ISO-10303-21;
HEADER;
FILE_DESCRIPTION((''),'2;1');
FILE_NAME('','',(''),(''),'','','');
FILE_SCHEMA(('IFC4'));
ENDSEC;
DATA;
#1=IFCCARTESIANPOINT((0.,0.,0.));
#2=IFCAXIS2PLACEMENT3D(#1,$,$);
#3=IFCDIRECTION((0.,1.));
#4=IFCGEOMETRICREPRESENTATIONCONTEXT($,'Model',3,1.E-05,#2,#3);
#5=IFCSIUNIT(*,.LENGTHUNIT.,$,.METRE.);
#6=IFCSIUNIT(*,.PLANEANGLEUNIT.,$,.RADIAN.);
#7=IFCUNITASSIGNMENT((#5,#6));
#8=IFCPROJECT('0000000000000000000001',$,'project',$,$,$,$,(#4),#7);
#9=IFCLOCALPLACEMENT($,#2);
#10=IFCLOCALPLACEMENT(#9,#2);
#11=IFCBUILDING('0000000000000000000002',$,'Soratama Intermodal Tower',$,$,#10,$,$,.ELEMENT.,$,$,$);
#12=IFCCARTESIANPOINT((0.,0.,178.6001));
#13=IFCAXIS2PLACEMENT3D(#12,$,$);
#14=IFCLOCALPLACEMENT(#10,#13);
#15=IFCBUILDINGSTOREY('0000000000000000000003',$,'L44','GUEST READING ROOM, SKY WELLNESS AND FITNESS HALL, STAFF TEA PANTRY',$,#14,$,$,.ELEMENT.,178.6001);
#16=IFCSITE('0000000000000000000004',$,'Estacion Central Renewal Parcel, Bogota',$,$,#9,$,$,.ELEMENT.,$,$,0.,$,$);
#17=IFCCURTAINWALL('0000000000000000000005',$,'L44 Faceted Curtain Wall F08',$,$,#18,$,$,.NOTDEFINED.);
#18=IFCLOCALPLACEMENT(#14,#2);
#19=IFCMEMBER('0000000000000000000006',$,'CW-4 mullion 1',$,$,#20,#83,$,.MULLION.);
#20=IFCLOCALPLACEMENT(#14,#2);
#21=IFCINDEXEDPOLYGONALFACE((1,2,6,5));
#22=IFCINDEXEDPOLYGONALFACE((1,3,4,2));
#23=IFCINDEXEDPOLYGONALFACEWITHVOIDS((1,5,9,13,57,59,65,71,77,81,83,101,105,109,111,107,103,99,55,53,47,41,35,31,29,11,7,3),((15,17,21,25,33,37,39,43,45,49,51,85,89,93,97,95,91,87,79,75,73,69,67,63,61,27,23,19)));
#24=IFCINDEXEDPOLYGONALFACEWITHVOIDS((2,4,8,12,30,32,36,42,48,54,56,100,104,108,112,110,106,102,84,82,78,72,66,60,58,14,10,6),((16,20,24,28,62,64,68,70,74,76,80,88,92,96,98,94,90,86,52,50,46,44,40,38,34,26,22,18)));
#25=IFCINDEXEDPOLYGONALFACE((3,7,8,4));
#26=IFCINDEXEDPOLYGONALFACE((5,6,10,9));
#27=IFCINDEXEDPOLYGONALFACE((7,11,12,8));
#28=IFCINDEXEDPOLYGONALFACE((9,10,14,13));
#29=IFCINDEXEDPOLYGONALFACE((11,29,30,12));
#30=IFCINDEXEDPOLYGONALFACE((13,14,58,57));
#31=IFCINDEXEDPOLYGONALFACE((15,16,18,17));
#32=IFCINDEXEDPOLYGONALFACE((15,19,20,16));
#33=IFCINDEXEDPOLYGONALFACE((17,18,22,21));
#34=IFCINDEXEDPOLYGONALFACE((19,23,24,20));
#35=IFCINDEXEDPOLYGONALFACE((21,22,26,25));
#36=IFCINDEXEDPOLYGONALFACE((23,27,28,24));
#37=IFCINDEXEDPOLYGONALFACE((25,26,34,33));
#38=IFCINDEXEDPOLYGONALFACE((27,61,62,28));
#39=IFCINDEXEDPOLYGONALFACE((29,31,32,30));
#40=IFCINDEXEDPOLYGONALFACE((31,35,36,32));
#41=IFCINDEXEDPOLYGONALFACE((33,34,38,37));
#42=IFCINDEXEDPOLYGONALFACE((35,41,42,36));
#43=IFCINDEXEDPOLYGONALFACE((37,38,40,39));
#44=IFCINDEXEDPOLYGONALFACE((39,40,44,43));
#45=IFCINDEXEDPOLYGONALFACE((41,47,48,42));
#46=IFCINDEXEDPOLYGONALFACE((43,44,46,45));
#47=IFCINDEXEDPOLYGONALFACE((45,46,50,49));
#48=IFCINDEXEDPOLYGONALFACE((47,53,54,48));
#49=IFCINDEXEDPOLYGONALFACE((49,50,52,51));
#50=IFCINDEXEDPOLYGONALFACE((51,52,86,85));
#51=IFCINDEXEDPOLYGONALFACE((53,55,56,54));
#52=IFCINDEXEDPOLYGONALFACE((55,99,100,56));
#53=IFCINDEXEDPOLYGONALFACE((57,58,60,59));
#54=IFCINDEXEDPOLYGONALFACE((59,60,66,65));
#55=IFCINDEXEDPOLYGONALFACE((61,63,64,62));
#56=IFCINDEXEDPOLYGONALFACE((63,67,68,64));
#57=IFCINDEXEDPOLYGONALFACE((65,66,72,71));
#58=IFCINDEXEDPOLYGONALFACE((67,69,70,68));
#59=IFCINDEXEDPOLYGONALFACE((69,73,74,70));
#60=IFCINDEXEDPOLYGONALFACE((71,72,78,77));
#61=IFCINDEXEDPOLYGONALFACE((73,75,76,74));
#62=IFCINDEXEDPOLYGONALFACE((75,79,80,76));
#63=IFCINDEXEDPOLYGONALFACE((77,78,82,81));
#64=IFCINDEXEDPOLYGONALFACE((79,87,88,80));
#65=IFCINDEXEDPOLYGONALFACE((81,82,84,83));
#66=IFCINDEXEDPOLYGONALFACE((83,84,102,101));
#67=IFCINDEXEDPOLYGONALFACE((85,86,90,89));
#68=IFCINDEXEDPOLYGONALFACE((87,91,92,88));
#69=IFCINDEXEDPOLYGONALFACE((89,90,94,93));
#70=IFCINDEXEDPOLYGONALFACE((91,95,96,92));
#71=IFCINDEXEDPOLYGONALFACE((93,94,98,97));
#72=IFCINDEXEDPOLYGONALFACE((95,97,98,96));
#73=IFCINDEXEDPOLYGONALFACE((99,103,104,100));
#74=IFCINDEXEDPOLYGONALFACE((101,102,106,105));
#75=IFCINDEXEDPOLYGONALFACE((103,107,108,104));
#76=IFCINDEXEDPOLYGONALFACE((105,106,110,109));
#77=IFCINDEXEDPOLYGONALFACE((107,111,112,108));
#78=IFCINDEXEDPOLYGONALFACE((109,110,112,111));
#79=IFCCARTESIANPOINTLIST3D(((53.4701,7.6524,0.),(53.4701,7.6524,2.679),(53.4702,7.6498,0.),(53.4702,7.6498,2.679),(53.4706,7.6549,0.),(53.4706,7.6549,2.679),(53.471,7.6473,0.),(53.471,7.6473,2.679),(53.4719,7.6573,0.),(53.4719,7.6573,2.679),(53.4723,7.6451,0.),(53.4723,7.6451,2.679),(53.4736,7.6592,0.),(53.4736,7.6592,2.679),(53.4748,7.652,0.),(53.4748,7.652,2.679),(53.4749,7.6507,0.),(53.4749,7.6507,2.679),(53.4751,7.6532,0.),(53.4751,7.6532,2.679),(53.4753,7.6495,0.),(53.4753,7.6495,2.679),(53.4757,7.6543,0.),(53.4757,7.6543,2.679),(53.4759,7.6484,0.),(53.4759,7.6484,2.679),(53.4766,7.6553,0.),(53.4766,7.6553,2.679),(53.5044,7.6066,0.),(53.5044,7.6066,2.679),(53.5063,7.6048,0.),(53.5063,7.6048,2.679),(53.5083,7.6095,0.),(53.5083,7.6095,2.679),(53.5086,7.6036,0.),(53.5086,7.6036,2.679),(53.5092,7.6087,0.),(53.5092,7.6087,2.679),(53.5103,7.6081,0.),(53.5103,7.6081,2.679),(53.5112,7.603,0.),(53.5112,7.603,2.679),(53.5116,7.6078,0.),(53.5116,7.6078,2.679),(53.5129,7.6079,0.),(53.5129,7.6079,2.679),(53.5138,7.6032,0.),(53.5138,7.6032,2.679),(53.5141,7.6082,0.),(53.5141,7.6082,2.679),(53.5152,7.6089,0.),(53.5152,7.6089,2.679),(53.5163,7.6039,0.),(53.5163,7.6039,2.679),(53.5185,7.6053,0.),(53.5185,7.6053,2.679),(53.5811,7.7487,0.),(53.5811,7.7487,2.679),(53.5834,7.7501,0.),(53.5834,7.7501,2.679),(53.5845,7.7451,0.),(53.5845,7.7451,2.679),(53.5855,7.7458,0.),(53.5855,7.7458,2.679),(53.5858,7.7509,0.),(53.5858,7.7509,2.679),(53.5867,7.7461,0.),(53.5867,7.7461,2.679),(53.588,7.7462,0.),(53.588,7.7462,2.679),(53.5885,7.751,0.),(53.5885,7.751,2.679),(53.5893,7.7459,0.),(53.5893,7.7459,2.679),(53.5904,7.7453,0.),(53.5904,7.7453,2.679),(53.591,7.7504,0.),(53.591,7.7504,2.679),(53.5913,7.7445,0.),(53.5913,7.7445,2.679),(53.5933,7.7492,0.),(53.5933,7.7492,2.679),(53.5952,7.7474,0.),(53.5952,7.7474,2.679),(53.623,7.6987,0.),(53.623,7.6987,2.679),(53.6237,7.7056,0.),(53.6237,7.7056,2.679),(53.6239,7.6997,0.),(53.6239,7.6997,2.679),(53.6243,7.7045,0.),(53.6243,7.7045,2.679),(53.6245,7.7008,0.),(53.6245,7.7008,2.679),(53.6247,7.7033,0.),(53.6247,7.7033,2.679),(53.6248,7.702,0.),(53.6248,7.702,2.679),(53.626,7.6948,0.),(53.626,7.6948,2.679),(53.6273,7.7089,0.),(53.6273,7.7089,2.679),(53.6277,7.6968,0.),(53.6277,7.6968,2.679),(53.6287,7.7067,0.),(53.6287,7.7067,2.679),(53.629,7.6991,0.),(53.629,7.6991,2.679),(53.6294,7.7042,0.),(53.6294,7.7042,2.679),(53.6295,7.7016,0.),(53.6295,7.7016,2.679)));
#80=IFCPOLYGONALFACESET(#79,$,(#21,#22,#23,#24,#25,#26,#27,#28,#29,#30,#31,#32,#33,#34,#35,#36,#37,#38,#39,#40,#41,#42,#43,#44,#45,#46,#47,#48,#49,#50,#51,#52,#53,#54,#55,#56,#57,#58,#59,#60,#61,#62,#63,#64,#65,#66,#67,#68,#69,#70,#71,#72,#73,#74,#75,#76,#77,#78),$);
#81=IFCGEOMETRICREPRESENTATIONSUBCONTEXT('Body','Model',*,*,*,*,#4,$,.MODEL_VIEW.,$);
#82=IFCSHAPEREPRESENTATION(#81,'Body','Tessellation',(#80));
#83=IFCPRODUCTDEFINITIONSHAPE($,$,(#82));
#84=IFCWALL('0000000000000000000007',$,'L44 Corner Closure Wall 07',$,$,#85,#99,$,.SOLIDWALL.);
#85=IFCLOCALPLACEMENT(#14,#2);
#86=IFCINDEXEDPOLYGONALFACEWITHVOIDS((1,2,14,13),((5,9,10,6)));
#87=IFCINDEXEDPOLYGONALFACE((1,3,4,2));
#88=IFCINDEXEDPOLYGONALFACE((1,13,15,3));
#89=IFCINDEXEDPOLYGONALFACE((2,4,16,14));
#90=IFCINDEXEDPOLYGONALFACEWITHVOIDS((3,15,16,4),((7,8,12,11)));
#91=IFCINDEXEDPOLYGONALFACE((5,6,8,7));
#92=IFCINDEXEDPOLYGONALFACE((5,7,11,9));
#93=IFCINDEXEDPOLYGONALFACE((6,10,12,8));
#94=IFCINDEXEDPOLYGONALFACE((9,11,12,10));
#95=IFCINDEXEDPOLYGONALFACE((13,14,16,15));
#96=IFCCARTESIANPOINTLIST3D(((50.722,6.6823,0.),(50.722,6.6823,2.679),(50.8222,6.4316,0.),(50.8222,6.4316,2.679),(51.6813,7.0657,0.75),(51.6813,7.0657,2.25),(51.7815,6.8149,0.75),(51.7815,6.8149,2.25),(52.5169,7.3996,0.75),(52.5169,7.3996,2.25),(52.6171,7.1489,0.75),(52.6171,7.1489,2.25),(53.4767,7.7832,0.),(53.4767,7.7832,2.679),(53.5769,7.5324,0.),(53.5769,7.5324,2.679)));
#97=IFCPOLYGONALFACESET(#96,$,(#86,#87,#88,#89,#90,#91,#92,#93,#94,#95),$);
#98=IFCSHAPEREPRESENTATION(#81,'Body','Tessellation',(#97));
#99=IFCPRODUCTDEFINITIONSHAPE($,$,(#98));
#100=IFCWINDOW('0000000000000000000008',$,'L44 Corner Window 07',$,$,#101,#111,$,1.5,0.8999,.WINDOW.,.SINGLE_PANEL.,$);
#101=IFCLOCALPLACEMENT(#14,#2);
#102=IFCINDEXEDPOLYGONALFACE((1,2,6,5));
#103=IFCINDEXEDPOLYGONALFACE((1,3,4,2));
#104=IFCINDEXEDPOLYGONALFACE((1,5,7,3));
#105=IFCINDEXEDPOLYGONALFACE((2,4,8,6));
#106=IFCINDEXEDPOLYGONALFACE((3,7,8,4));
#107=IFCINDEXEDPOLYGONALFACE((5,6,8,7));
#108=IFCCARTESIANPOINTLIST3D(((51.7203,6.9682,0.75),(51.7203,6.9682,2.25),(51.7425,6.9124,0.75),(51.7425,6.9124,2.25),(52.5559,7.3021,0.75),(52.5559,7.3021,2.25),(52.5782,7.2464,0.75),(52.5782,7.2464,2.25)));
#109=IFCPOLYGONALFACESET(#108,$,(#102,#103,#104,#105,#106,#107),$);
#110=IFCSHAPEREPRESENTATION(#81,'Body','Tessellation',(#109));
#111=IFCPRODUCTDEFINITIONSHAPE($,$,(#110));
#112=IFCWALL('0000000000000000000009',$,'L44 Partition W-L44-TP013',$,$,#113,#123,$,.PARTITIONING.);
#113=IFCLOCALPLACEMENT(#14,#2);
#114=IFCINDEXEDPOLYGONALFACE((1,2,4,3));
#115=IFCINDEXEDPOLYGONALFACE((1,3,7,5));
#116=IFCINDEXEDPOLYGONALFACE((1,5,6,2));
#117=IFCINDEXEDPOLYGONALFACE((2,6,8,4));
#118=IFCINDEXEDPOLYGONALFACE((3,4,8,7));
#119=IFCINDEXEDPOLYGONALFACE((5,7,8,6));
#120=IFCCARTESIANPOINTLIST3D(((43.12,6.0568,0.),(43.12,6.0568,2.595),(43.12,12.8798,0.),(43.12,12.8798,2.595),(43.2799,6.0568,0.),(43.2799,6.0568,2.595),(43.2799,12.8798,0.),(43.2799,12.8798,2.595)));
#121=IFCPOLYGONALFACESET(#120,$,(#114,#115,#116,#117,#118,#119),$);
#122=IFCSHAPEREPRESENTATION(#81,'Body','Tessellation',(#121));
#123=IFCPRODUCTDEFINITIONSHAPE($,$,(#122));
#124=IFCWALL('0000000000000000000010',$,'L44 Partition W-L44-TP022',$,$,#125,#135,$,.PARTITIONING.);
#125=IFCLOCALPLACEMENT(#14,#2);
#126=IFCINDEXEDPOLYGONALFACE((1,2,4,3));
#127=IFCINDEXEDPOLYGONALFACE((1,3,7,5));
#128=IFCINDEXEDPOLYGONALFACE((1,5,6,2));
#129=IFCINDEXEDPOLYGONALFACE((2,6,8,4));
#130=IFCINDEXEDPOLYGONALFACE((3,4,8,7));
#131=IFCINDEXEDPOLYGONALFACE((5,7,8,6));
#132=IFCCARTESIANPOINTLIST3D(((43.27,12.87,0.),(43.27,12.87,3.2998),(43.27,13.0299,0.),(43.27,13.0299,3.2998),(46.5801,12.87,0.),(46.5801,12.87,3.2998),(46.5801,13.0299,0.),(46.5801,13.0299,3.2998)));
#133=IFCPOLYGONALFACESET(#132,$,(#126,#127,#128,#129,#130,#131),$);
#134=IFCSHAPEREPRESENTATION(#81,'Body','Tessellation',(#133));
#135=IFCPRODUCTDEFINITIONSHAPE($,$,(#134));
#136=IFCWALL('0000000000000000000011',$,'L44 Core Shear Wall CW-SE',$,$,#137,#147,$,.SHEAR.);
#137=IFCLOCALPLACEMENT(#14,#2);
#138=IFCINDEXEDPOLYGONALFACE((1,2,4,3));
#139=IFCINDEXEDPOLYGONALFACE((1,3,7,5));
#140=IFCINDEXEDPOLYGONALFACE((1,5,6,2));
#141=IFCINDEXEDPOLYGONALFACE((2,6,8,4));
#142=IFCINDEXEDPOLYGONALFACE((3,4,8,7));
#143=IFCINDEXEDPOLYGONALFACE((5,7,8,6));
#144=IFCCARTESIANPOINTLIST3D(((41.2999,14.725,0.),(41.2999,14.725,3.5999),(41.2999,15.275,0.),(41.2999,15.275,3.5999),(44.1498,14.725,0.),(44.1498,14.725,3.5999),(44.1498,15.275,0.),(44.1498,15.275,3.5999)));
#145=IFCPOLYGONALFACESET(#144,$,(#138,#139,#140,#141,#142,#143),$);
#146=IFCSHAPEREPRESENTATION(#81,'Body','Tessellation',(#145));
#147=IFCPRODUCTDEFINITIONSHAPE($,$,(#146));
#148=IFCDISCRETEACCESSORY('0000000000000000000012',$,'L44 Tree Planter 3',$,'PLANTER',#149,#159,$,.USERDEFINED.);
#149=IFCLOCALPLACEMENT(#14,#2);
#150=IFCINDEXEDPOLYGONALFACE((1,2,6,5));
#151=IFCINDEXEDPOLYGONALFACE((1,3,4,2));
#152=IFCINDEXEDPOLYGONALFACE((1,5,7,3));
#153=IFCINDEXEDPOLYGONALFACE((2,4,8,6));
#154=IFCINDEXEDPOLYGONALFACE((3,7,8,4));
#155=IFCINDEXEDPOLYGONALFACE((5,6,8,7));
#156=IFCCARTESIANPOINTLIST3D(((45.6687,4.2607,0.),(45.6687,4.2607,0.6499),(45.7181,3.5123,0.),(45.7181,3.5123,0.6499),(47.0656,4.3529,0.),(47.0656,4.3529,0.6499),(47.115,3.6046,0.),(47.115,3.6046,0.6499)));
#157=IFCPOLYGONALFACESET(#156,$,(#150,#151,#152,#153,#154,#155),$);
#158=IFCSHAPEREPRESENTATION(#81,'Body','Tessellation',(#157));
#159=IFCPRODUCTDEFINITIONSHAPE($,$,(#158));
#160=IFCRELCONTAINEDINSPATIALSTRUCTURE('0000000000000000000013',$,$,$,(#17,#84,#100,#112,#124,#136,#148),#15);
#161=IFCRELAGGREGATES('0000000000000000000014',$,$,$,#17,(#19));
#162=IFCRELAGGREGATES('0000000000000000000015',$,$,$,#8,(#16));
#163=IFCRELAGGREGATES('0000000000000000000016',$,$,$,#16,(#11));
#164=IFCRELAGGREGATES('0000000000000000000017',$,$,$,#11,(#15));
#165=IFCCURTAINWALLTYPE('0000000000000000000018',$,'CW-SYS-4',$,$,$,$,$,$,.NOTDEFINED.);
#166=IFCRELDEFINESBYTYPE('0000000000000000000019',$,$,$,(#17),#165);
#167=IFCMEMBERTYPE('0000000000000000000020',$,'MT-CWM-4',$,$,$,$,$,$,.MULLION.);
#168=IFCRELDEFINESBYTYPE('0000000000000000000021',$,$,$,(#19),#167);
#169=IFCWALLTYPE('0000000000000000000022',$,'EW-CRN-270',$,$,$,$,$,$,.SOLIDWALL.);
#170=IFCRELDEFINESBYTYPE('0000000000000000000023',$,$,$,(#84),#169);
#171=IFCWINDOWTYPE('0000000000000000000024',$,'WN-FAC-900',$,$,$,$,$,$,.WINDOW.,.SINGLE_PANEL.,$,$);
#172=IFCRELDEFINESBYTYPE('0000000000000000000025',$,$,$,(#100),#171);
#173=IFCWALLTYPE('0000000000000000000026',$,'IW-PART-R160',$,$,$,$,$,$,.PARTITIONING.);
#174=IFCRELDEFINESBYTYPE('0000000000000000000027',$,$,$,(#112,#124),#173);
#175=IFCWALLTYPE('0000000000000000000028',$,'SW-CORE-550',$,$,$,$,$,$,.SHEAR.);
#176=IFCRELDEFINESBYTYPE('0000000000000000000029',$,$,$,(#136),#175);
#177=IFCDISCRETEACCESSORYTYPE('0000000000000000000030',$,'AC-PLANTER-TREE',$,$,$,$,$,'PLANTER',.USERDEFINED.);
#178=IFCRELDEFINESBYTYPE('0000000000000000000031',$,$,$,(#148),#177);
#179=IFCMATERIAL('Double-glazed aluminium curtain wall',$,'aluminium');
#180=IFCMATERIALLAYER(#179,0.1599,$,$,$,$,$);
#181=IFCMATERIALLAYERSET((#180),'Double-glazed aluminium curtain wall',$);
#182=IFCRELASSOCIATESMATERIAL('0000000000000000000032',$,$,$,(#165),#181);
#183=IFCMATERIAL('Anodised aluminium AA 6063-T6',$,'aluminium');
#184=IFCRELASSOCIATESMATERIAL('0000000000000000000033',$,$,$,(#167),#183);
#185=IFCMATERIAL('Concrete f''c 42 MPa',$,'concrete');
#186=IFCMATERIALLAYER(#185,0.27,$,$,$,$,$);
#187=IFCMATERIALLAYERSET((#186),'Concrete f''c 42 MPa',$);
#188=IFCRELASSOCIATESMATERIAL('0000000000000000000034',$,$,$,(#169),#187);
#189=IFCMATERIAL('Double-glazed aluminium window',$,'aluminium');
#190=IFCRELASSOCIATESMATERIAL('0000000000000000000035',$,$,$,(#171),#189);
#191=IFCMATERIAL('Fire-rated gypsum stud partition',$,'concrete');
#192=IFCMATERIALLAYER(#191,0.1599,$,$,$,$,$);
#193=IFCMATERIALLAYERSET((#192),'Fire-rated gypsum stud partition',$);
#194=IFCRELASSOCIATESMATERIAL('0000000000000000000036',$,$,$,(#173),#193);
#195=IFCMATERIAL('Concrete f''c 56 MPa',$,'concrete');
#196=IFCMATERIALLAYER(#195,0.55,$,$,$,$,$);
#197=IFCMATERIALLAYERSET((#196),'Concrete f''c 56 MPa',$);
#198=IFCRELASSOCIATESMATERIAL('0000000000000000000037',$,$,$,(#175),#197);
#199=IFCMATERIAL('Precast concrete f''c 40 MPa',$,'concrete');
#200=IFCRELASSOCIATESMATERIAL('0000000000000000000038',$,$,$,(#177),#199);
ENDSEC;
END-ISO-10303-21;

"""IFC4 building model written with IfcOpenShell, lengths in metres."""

from ifc_helpers import new_model, si_unit, direction, frame, frame_2d, origin, origin_2d, place, context, subcontext, project, spatial, rectangle, hollow_rectangle, extrude, material, layer, layer_set, material_profile, profile_set, type_object, element, fill, aggregate, save


model = new_model("IFC4")

# Units and contexts
model_context = context("Model", 3, precision=1e-05, world=origin(), true_north=direction((0.0, 1.0)))
body_context = subcontext(model_context, "Body", "Model", "MODEL_VIEW")
ifc_project = project(units=[si_unit("LENGTHUNIT", "METRE"), si_unit("PLANEANGLEUNIT", "RADIAN")], contexts=[model_context])

# Site, building, storey
site_placement = place(None, origin())
site = spatial("IfcSite", under=ifc_project, at=site_placement, Name="Estacion Central Renewal Parcel, Bogota", CompositionType="ELEMENT", RefElevation=0.0)
building_placement = place(site_placement, origin())
building = spatial("IfcBuilding", under=site, at=building_placement, Name="Soratama Intermodal Tower", CompositionType="ELEMENT")
storey_placement = place(building_placement, frame((0.0, 0.0, 178.6001)))
storey = spatial("IfcBuildingStorey", under=building, at=storey_placement, Name="L44", Description="GUEST READING ROOM, SKY WELLNESS AND FITNESS HALL, STAFF TEA PANTRY", CompositionType="ELEMENT", Elevation=178.6001)

# Curtain wall, member
ifc_material_1 = material(Name="Double-glazed aluminium curtain wall", Category="aluminium")
ifc_layer_1 = layer(ifc_material_1, 0.1599)
ifc_layer_set_1 = layer_set([ifc_layer_1], Name="Double-glazed aluminium curtain wall")
curtain_wall_type = type_object("IfcCurtainWallType", Name="CW-SYS-4", PredefinedType="NOTDEFINED", material=ifc_layer_set_1)
curtain_wall_placement = place(storey_placement, origin())
curtain_wall = element("IfcCurtainWall", 1, at=curtain_wall_placement, inside=storey, type_object=curtain_wall_type, Name="L44 Faceted Curtain Wall F08", PredefinedType="NOTDEFINED")
ifc_material_2 = material(Name="Anodised aluminium AA 6063-T6", Category="aluminium")
ifc_material_profile_1 = material_profile(ifc_material_2, hollow_rectangle(XDim=0.0701, YDim=0.1599, WallThickness=0.0049, InnerFilletRadius=0.0049, OuterFilletRadius=0.01, at=origin_2d()), Name="CWM160X70X5")
ifc_profile_set_1 = profile_set([ifc_material_profile_1], Name="Anodised aluminium AA 6063-T6")
member_type = type_object("IfcMemberType", Name="MT-CWM-4", PredefinedType="MULLION", material=ifc_profile_set_1)
member_placement = place(storey_placement, frame((53.5498, 7.677, 0.0), z_axis=(0.0, 0.0, 1.0), x_axis=(-0.63984, 0.768508, 0.0)))
member = element("IfcMember", 2, at=member_placement, type_object=member_type, Name="CW-4 mullion 1", PredefinedType="MULLION", context=body_context, shape_type="SweptSolid", body=[
    extrude(hollow_rectangle(XDim=0.0701, YDim=0.1599, WallThickness=0.0049, InnerFilletRadius=0.0049, OuterFilletRadius=0.01, at=origin_2d()), origin(), (0.0, 0.0, 1.0), 2.679),
])
aggregate(curtain_wall, [member])

# Wall, opening, window
ifc_material_3 = material(Name="Concrete f'c 42 MPa", Category="concrete")
ifc_layer_2 = layer(ifc_material_3, 0.27)
ifc_layer_set_2 = layer_set([ifc_layer_2], Name="Concrete f'c 42 MPa")
wall_type_1 = type_object("IfcWallType", Name="EW-CRN-270", PredefinedType="SOLIDWALL", material=ifc_layer_set_2)
wall_1_placement = place(storey_placement, frame((50.772, 6.5569, 0.0), z_axis=(0.0, 0.0, 1.0), x_axis=(0.928596, 0.371093, 0.0)))
wall_1 = element("IfcWall", 3, at=wall_1_placement, inside=storey, type_object=wall_type_1, Name="L44 Corner Closure Wall 07", PredefinedType="SOLIDWALL", context=body_context, shape_type="SweptSolid", body=[
    extrude(rectangle(XDim=2.9666, YDim=0.27, at=frame_2d((1.4834, 0.0))), origin(), (0.0, 0.0, 1.0), 2.679),
])
opening_1_placement = place(wall_1_placement, frame((1.0332, 0.0, 0.75)))
opening_1 = element("IfcOpeningElement", 4, at=opening_1_placement, cuts=wall_1, PredefinedType="OPENING", context=body_context, shape_type="SweptSolid", body=[
    extrude(rectangle(XDim=0.8999, YDim=1.5, at=frame_2d((0.45, 0.75))), frame((0.0, 0.145, 0.0), z_axis=(0.0, -1.0, 0.0), x_axis=(1.0, 0.0, 0.0)), (0.0, 0.0, 1.0), 0.29),
])
ifc_material_4 = material(Name="Double-glazed aluminium window", Category="aluminium")
window_type_1 = type_object("IfcWindowType", Name="WN-FAC-900", PartitioningType="SINGLE_PANEL", PredefinedType="WINDOW", material=ifc_material_4)
window_1_placement = place(opening_1_placement, origin())
window_1 = element("IfcWindow", 5, at=window_1_placement, inside=storey, type_object=window_type_1, Name="L44 Corner Window 07", OverallHeight=1.5, OverallWidth=0.8999, PartitioningType="SINGLE_PANEL", PredefinedType="WINDOW", context=body_context, shape_type="SweptSolid", body=[
    extrude(rectangle(XDim=0.8999, YDim=1.5, at=frame_2d((0.45, 0.75))), frame((0.0, 0.03, 0.0), z_axis=(0.0, -1.0, 0.0), x_axis=(1.0, 0.0, 0.0)), (0.0, 0.0, 1.0), 0.0601),
])
fill(opening_1, window_1)

# Walls
ifc_material_5 = material(Name="Fire-rated gypsum stud partition", Category="concrete")
ifc_layer_3 = layer(ifc_material_5, 0.1599)
ifc_layer_set_3 = layer_set([ifc_layer_3], Name="Fire-rated gypsum stud partition")
wall_type_2 = type_object("IfcWallType", Name="IW-PART-R160", PredefinedType="PARTITIONING", material=ifc_layer_set_3)
wall_2_placement = place(storey_placement, frame((43.2, 12.8799, 0.0), z_axis=(0.0, 0.0, 1.0), x_axis=(0.0, -1.0, 0.0)))
element("IfcWall", 6, at=wall_2_placement, inside=storey, type_object=wall_type_2, Name="L44 Partition W-L44-TP013", PredefinedType="PARTITIONING", context=body_context, shape_type="SweptSolid", body=[
    extrude(rectangle(XDim=6.823, YDim=0.1599, at=frame_2d((3.4116, 0.0))), origin(), (0.0, 0.0, 1.0), 2.595),
])
wall_3_placement = place(storey_placement, frame((46.5801, 12.95, 0.0), z_axis=(0.0, 0.0, 1.0), x_axis=(-1.0, 0.0, 0.0)))
element("IfcWall", 7, at=wall_3_placement, inside=storey, type_object=wall_type_2, Name="L44 Partition W-L44-TP022", PredefinedType="PARTITIONING", context=body_context, shape_type="SweptSolid", body=[
    extrude(rectangle(XDim=3.3101, YDim=0.1599, at=frame_2d((1.655, 0.0))), origin(), (0.0, 0.0, 1.0), 3.2998),
])
ifc_material_6 = material(Name="Concrete f'c 56 MPa", Category="concrete")
ifc_layer_4 = layer(ifc_material_6, 0.55)
ifc_layer_set_4 = layer_set([ifc_layer_4], Name="Concrete f'c 56 MPa")
wall_type_3 = type_object("IfcWallType", Name="SW-CORE-550", PredefinedType="SHEAR", material=ifc_layer_set_4)
wall_4_placement = place(storey_placement, frame((41.3, 15.0, 0.0), z_axis=(0.0, 0.0, 1.0), x_axis=(1.0, 0.0, 0.0)))
element("IfcWall", 8, at=wall_4_placement, inside=storey, type_object=wall_type_3, Name="L44 Core Shear Wall CW-SE", PredefinedType="SHEAR", context=body_context, shape_type="SweptSolid", body=[
    extrude(rectangle(XDim=2.8499, YDim=0.55, at=frame_2d((1.4248, 0.0))), origin(), (0.0, 0.0, 1.0), 3.5999),
])

# Discrete accessory
ifc_material_7 = material(Name="Precast concrete f'c 40 MPa", Category="concrete")
discrete_accessory_type = type_object("IfcDiscreteAccessoryType", Name="AC-PLANTER-TREE", ElementType="PLANTER", PredefinedType="USERDEFINED", material=ifc_material_7)
discrete_accessory_placement = place(storey_placement, frame((46.3918, 3.9326, 0.0), z_axis=(0.0, 0.0, 1.0), x_axis=(0.065926, -0.997825, 0.0)))
element("IfcDiscreteAccessory", 9, at=discrete_accessory_placement, inside=storey, type_object=discrete_accessory_type, Name="L44 Tree Planter 3", ObjectType="PLANTER", PredefinedType="USERDEFINED", context=body_context, shape_type="SweptSolid", body=[
    extrude(rectangle(XDim=0.75, YDim=1.3999, at=origin_2d()), origin(), (0.0, 0.0, 1.0), 0.6499),
])

save(model, "model.ifc")
